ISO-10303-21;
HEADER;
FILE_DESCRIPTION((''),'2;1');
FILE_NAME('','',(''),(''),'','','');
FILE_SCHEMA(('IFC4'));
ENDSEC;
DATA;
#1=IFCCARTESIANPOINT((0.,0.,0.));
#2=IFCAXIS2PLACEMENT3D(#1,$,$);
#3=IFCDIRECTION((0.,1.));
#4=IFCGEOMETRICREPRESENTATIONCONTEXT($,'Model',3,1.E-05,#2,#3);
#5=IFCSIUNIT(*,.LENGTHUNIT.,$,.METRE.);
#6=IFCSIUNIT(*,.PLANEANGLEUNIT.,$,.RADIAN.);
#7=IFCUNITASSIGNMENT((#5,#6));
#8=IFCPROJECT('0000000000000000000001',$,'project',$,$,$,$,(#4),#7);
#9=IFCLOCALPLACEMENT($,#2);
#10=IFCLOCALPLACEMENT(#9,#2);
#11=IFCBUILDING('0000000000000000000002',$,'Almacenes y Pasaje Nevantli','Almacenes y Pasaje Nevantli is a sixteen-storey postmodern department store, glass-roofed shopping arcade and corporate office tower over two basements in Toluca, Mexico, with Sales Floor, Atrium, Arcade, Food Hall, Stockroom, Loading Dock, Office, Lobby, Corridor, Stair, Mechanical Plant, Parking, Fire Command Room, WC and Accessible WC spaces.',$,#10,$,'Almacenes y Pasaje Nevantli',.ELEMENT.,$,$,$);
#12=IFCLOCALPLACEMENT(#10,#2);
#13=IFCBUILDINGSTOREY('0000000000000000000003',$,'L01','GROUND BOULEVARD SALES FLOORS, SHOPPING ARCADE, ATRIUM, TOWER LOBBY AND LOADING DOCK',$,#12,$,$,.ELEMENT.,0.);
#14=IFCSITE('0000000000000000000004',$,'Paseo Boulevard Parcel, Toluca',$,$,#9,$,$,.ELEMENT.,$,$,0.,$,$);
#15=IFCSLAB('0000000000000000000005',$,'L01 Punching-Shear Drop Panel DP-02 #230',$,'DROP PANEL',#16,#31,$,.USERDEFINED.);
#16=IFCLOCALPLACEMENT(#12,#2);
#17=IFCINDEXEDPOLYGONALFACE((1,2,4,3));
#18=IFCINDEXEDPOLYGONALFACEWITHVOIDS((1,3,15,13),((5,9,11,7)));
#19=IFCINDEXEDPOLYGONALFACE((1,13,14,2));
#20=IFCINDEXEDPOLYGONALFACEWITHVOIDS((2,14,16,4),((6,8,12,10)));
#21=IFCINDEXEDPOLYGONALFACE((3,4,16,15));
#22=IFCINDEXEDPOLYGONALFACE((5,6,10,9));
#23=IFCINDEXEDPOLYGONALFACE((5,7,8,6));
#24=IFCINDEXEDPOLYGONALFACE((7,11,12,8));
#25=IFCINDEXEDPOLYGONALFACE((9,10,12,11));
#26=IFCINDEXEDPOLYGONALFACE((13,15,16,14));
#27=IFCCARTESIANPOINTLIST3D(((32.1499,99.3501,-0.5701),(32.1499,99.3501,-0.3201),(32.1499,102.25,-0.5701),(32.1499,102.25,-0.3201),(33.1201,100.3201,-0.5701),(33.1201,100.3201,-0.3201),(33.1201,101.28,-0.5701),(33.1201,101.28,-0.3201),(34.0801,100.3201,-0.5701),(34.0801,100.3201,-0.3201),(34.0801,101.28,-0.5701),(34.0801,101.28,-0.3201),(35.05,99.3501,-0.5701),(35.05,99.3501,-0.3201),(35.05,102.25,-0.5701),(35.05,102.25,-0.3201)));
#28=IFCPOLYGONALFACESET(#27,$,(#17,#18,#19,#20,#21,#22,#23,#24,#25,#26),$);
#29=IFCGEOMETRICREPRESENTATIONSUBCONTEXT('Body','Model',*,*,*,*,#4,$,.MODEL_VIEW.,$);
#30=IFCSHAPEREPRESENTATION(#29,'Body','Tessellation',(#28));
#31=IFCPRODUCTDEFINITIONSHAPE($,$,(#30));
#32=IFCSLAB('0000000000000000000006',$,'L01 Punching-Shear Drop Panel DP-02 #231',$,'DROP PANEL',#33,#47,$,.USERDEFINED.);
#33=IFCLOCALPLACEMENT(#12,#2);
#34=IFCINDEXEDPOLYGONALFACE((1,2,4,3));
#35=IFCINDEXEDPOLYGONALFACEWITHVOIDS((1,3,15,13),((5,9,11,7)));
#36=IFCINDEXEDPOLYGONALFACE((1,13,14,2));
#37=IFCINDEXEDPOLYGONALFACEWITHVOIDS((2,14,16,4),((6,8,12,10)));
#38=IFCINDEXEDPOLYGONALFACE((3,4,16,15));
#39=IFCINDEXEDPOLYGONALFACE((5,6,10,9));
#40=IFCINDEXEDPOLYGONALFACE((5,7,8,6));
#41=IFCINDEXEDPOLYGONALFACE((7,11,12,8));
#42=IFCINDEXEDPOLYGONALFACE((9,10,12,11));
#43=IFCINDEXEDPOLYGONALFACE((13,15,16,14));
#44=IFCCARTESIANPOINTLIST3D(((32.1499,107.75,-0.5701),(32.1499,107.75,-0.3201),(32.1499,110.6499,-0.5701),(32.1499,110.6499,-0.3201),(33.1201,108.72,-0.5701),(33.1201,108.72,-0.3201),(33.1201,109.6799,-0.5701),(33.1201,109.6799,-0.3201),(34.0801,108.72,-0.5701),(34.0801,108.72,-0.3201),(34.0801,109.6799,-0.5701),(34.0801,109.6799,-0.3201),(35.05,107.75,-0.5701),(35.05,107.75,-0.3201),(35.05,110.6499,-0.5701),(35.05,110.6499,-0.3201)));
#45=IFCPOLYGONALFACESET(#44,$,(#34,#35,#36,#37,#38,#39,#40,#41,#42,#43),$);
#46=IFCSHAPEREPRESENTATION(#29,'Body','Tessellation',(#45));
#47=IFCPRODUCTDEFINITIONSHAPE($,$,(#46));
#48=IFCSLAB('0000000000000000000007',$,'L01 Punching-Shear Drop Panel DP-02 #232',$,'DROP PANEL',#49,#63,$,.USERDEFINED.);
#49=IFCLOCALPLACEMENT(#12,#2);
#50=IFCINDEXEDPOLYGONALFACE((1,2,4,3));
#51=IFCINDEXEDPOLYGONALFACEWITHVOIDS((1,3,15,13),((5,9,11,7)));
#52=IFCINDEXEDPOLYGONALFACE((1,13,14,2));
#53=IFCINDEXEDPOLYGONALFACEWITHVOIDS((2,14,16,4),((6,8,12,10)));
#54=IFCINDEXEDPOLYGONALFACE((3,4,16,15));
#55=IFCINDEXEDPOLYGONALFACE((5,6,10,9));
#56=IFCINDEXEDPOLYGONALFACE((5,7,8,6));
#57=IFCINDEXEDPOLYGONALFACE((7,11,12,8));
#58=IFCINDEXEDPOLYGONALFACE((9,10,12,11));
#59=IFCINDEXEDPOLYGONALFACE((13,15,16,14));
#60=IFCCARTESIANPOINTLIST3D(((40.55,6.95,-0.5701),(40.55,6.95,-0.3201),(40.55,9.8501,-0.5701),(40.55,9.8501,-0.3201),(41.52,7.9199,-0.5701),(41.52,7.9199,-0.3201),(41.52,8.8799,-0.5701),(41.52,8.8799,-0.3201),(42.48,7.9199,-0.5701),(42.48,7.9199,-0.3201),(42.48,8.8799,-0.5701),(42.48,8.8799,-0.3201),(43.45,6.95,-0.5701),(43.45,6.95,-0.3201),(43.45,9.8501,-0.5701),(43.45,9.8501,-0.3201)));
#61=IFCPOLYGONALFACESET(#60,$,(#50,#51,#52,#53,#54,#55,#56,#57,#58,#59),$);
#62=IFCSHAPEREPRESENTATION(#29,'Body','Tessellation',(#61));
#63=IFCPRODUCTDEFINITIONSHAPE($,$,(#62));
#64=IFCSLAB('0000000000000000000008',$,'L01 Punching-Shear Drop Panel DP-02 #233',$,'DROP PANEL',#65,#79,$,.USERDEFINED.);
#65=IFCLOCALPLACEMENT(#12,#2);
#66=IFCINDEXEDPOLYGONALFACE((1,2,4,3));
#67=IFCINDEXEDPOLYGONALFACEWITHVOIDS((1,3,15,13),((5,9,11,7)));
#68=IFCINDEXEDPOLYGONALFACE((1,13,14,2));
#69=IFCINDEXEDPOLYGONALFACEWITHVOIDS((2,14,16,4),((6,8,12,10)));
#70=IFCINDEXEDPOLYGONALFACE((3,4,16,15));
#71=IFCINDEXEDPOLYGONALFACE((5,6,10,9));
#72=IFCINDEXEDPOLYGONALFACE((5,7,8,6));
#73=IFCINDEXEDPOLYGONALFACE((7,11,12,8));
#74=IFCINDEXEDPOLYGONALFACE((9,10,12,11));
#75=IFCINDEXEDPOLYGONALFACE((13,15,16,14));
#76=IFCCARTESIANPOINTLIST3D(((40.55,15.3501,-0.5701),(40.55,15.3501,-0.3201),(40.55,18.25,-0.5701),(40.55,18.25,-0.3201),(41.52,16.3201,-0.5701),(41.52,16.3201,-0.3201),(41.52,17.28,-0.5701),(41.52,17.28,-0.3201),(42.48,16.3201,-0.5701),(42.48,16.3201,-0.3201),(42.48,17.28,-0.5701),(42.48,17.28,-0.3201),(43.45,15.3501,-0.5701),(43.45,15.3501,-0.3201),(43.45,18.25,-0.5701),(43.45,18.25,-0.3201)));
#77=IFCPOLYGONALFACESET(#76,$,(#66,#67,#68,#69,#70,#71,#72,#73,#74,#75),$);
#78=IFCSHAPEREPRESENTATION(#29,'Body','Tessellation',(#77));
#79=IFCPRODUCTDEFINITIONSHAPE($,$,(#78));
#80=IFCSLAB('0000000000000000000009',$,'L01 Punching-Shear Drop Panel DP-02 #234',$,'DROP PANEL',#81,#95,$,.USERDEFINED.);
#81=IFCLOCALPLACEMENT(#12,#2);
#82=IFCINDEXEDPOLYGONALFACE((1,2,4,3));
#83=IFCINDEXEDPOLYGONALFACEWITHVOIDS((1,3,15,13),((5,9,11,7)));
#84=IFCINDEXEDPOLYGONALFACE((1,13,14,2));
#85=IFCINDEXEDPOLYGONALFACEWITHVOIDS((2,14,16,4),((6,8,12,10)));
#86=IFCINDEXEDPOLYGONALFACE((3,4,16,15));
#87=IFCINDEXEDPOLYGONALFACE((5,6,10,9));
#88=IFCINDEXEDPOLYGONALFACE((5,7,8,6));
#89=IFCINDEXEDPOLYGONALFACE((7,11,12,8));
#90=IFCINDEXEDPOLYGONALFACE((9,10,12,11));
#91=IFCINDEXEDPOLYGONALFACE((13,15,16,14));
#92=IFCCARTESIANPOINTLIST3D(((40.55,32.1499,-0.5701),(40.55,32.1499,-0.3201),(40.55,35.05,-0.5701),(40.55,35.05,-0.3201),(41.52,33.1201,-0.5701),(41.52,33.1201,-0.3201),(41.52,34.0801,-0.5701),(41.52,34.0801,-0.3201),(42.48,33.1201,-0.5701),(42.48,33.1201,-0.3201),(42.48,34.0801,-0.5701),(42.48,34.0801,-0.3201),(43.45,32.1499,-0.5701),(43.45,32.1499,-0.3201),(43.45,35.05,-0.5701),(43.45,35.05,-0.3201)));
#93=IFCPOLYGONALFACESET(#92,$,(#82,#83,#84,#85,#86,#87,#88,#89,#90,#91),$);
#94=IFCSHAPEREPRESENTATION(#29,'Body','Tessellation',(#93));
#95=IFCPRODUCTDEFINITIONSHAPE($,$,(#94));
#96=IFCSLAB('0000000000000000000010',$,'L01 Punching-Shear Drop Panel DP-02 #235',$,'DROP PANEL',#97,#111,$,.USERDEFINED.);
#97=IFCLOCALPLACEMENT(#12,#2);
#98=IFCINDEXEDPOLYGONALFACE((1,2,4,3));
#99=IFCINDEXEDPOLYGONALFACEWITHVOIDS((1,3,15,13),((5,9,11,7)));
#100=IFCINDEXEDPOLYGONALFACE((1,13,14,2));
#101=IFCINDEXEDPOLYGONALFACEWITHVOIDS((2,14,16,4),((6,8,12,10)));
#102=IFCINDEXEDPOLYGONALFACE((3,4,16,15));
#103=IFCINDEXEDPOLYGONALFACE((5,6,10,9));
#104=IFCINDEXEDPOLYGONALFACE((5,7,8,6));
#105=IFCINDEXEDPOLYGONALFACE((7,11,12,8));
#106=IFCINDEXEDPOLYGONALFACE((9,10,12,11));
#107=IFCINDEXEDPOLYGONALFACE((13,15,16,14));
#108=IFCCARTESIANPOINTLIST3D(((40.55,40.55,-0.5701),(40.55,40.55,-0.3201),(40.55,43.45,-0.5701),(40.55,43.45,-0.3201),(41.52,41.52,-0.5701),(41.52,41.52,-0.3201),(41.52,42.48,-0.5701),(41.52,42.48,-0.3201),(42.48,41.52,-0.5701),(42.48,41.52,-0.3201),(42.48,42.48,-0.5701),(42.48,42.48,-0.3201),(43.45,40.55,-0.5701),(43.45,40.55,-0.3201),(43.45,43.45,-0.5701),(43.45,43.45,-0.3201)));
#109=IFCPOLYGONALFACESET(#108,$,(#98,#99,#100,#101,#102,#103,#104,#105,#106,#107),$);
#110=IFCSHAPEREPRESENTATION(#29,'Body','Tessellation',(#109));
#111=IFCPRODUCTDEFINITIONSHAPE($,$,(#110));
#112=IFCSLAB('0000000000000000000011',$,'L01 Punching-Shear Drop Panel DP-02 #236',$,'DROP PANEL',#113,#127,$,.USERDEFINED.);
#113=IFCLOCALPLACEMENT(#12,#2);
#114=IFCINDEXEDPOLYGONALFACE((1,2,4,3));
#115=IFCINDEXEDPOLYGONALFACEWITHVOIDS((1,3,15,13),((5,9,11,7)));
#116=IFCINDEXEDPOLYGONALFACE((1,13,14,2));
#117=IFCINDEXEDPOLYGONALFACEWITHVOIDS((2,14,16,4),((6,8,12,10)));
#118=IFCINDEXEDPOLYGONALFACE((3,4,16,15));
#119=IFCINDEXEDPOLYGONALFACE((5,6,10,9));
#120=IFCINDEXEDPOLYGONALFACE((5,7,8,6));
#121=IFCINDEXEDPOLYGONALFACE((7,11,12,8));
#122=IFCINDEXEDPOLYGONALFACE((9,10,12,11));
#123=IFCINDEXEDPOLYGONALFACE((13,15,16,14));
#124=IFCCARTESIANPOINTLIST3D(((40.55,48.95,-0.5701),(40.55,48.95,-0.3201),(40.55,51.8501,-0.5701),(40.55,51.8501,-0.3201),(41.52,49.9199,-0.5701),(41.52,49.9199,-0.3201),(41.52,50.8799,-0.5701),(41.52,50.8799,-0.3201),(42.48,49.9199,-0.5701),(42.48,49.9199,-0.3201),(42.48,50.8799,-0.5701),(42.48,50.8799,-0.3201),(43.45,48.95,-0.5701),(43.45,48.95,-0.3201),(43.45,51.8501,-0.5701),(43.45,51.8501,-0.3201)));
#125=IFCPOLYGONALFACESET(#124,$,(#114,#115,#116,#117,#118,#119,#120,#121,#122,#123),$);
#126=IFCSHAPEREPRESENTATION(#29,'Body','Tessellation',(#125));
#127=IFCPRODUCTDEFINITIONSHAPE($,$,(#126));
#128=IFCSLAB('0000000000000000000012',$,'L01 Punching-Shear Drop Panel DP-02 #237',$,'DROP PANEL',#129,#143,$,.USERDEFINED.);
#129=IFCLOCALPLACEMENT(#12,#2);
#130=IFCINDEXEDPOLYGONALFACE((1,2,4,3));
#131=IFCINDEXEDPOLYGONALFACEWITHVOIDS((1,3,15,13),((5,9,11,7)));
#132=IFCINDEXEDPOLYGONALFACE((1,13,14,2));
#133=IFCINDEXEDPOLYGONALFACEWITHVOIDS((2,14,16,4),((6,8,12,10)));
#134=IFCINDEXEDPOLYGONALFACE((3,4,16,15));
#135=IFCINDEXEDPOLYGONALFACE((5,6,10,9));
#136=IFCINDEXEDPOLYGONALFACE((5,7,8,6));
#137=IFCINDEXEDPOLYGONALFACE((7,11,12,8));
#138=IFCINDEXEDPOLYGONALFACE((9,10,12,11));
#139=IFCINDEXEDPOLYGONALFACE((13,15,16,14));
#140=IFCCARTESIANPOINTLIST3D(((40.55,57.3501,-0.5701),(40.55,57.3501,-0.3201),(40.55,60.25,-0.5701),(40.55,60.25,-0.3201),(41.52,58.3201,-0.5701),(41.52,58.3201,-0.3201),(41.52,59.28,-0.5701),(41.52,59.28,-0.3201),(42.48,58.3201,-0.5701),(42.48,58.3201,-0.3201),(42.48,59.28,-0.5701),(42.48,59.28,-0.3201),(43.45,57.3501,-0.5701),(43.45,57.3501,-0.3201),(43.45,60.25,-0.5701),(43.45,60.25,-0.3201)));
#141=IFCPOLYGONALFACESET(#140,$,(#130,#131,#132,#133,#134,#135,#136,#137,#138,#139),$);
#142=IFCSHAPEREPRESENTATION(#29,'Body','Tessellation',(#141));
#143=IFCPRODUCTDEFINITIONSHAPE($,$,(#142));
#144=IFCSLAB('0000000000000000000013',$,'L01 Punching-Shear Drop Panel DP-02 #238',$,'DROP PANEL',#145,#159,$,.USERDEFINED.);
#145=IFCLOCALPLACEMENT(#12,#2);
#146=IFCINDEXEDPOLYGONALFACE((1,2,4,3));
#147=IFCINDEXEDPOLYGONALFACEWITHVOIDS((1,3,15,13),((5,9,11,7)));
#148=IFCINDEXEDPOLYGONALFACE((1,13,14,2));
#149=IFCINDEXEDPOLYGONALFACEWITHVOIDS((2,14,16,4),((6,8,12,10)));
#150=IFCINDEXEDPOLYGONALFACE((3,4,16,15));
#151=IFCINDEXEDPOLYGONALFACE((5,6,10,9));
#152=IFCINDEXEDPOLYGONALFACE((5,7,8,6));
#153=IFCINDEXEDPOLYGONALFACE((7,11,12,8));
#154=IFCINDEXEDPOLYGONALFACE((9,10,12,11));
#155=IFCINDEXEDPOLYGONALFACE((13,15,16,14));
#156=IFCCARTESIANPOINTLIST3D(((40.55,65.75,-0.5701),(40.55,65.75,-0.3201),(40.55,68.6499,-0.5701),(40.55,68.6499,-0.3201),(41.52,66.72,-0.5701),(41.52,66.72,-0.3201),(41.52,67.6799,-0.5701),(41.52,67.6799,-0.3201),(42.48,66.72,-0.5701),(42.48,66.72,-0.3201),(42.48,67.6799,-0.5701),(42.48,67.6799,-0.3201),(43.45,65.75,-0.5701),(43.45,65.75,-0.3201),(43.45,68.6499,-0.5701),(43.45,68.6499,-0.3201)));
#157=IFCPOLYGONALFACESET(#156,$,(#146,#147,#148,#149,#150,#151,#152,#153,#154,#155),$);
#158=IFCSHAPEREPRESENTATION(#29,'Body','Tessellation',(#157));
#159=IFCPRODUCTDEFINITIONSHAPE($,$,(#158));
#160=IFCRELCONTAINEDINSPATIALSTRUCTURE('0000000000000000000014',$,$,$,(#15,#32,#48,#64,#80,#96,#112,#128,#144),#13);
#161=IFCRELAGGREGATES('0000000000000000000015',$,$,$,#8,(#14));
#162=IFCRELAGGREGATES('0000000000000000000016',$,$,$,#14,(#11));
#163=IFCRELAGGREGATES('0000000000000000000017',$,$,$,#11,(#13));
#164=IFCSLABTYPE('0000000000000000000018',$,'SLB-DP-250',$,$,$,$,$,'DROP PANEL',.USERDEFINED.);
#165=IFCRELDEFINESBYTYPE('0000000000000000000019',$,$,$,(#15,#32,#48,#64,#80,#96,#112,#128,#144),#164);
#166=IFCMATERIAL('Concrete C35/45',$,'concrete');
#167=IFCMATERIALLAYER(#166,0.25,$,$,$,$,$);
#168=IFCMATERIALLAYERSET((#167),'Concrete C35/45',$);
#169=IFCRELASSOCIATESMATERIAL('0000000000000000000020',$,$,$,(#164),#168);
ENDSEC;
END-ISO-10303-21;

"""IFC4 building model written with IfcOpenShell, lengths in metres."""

from ifc_helpers import new_model, si_unit, direction, frame, origin, place, context, subcontext, project, spatial, polyline, outline, extrude, material, layer, layer_set, type_object, element, save


model = new_model("IFC4")

# Units and contexts
model_context = context("Model", 3, precision=1e-05, world=origin(), true_north=direction((0.0, 1.0)))
body_context = subcontext(model_context, "Body", "Model", "MODEL_VIEW")
ifc_project = project(units=[si_unit("LENGTHUNIT", "METRE"), si_unit("PLANEANGLEUNIT", "RADIAN")], contexts=[model_context])

# Site, building, storey
site_placement = place(None, origin())
site = spatial("IfcSite", under=ifc_project, at=site_placement, Name="Paseo Boulevard Parcel, Toluca", CompositionType="ELEMENT", RefElevation=0.0)
building_placement = place(site_placement, origin())
building = spatial("IfcBuilding", under=site, at=building_placement, Name="Almacenes y Pasaje Nevantli", Description="Almacenes y Pasaje Nevantli is a sixteen-storey postmodern department store, glass-roofed shopping arcade and corporate office tower over two basements in Toluca, Mexico, with Sales Floor, Atrium, Arcade, Food Hall, Stockroom, Loading Dock, Office, Lobby, Corridor, Stair, Mechanical Plant, Parking, Fire Command Room, WC and Accessible WC spaces.", LongName="Almacenes y Pasaje Nevantli", CompositionType="ELEMENT")
storey_placement = place(building_placement, origin())
storey = spatial("IfcBuildingStorey", under=building, at=storey_placement, Name="L01", Description="GROUND BOULEVARD SALES FLOORS, SHOPPING ARCADE, ATRIUM, TOWER LOBBY AND LOADING DOCK", CompositionType="ELEMENT", Elevation=0.0)

# Slabs
ifc_material = material(Name="Concrete C35/45", Category="concrete")
ifc_layer = layer(ifc_material, 0.25)
ifc_layer_set = layer_set([ifc_layer], Name="Concrete C35/45")
slab_type = type_object("IfcSlabType", Name="SLB-DP-250", ElementType="DROP PANEL", PredefinedType="USERDEFINED", material=ifc_layer_set)
slab_1_placement = place(storey_placement, frame((0.0, 0.0, -0.5701)))
element("IfcSlab", 1, at=slab_1_placement, inside=storey, type_object=slab_type, Name="L01 Punching-Shear Drop Panel DP-02 #230", ObjectType="DROP PANEL", PredefinedType="USERDEFINED", context=body_context, shape_type="SweptSolid", body=[
    extrude(outline(polyline([(32.1499, 99.3501), (35.05, 99.3501), (35.05, 102.25), (32.1499, 102.25), (32.1499, 99.3501)]), holes=[polyline([(33.1201, 100.3201), (34.0801, 100.3201), (34.0801, 101.28), (33.1201, 101.28), (33.1201, 100.3201)])]), origin(), (0.0, 0.0, 1.0), 0.25),
])
slab_2_placement = place(storey_placement, frame((0.0, 0.0, -0.5701)))
element("IfcSlab", 2, at=slab_2_placement, inside=storey, type_object=slab_type, Name="L01 Punching-Shear Drop Panel DP-02 #231", ObjectType="DROP PANEL", PredefinedType="USERDEFINED", context=body_context, shape_type="SweptSolid", body=[
    extrude(outline(polyline([(32.1499, 107.75), (35.05, 107.75), (35.05, 110.6499), (32.1499, 110.6499), (32.1499, 107.75)]), holes=[polyline([(33.1201, 108.72), (34.0801, 108.72), (34.0801, 109.6799), (33.1201, 109.6799), (33.1201, 108.72)])]), origin(), (0.0, 0.0, 1.0), 0.25),
])
slab_3_placement = place(storey_placement, frame((0.0, 0.0, -0.5701)))
element("IfcSlab", 3, at=slab_3_placement, inside=storey, type_object=slab_type, Name="L01 Punching-Shear Drop Panel DP-02 #232", ObjectType="DROP PANEL", PredefinedType="USERDEFINED", context=body_context, shape_type="SweptSolid", body=[
    extrude(outline(polyline([(40.55, 6.95), (43.45, 6.95), (43.45, 9.8501), (40.55, 9.8501), (40.55, 6.95)]), holes=[polyline([(41.52, 7.9199), (42.48, 7.9199), (42.48, 8.8799), (41.52, 8.8799), (41.52, 7.9199)])]), origin(), (0.0, 0.0, 1.0), 0.25),
])
slab_4_placement = place(storey_placement, frame((0.0, 0.0, -0.5701)))
element("IfcSlab", 4, at=slab_4_placement, inside=storey, type_object=slab_type, Name="L01 Punching-Shear Drop Panel DP-02 #233", ObjectType="DROP PANEL", PredefinedType="USERDEFINED", context=body_context, shape_type="SweptSolid", body=[
    extrude(outline(polyline([(40.55, 15.3501), (43.45, 15.3501), (43.45, 18.25), (40.55, 18.25), (40.55, 15.3501)]), holes=[polyline([(41.52, 16.3201), (42.48, 16.3201), (42.48, 17.28), (41.52, 17.28), (41.52, 16.3201)])]), origin(), (0.0, 0.0, 1.0), 0.25),
])
slab_5_placement = place(storey_placement, frame((0.0, 0.0, -0.5701)))
element("IfcSlab", 5, at=slab_5_placement, inside=storey, type_object=slab_type, Name="L01 Punching-Shear Drop Panel DP-02 #234", ObjectType="DROP PANEL", PredefinedType="USERDEFINED", context=body_context, shape_type="SweptSolid", body=[
    extrude(outline(polyline([(40.55, 32.1499), (43.45, 32.1499), (43.45, 35.05), (40.55, 35.05), (40.55, 32.1499)]), holes=[polyline([(41.52, 33.1201), (42.48, 33.1201), (42.48, 34.0801), (41.52, 34.0801), (41.52, 33.1201)])]), origin(), (0.0, 0.0, 1.0), 0.25),
])
slab_6_placement = place(storey_placement, frame((0.0, 0.0, -0.5701)))
element("IfcSlab", 6, at=slab_6_placement, inside=storey, type_object=slab_type, Name="L01 Punching-Shear Drop Panel DP-02 #235", ObjectType="DROP PANEL", PredefinedType="USERDEFINED", context=body_context, shape_type="SweptSolid", body=[
    extrude(outline(polyline([(40.55, 40.55), (43.45, 40.55), (43.45, 43.45), (40.55, 43.45), (40.55, 40.55)]), holes=[polyline([(41.52, 41.52), (42.48, 41.52), (42.48, 42.48), (41.52, 42.48), (41.52, 41.52)])]), origin(), (0.0, 0.0, 1.0), 0.25),
])
slab_7_placement = place(storey_placement, frame((0.0, 0.0, -0.5701)))
element("IfcSlab", 7, at=slab_7_placement, inside=storey, type_object=slab_type, Name="L01 Punching-Shear Drop Panel DP-02 #236", ObjectType="DROP PANEL", PredefinedType="USERDEFINED", context=body_context, shape_type="SweptSolid", body=[
    extrude(outline(polyline([(40.55, 48.95), (43.45, 48.95), (43.45, 51.8501), (40.55, 51.8501), (40.55, 48.95)]), holes=[polyline([(41.52, 49.9199), (42.48, 49.9199), (42.48, 50.8799), (41.52, 50.8799), (41.52, 49.9199)])]), origin(), (0.0, 0.0, 1.0), 0.25),
])
slab_8_placement = place(storey_placement, frame((0.0, 0.0, -0.5701)))
element("IfcSlab", 8, at=slab_8_placement, inside=storey, type_object=slab_type, Name="L01 Punching-Shear Drop Panel DP-02 #237", ObjectType="DROP PANEL", PredefinedType="USERDEFINED", context=body_context, shape_type="SweptSolid", body=[
    extrude(outline(polyline([(40.55, 57.3501), (43.45, 57.3501), (43.45, 60.25), (40.55, 60.25), (40.55, 57.3501)]), holes=[polyline([(41.52, 58.3201), (42.48, 58.3201), (42.48, 59.28), (41.52, 59.28), (41.52, 58.3201)])]), origin(), (0.0, 0.0, 1.0), 0.25),
])
slab_9_placement = place(storey_placement, frame((0.0, 0.0, -0.5701)))
element("IfcSlab", 9, at=slab_9_placement, inside=storey, type_object=slab_type, Name="L01 Punching-Shear Drop Panel DP-02 #238", ObjectType="DROP PANEL", PredefinedType="USERDEFINED", context=body_context, shape_type="SweptSolid", body=[
    extrude(outline(polyline([(40.55, 65.75), (43.45, 65.75), (43.45, 68.6499), (40.55, 68.6499), (40.55, 65.75)]), holes=[polyline([(41.52, 66.72), (42.48, 66.72), (42.48, 67.6799), (41.52, 67.6799), (41.52, 66.72)])]), origin(), (0.0, 0.0, 1.0), 0.25),
])

save(model, "model.ifc")
